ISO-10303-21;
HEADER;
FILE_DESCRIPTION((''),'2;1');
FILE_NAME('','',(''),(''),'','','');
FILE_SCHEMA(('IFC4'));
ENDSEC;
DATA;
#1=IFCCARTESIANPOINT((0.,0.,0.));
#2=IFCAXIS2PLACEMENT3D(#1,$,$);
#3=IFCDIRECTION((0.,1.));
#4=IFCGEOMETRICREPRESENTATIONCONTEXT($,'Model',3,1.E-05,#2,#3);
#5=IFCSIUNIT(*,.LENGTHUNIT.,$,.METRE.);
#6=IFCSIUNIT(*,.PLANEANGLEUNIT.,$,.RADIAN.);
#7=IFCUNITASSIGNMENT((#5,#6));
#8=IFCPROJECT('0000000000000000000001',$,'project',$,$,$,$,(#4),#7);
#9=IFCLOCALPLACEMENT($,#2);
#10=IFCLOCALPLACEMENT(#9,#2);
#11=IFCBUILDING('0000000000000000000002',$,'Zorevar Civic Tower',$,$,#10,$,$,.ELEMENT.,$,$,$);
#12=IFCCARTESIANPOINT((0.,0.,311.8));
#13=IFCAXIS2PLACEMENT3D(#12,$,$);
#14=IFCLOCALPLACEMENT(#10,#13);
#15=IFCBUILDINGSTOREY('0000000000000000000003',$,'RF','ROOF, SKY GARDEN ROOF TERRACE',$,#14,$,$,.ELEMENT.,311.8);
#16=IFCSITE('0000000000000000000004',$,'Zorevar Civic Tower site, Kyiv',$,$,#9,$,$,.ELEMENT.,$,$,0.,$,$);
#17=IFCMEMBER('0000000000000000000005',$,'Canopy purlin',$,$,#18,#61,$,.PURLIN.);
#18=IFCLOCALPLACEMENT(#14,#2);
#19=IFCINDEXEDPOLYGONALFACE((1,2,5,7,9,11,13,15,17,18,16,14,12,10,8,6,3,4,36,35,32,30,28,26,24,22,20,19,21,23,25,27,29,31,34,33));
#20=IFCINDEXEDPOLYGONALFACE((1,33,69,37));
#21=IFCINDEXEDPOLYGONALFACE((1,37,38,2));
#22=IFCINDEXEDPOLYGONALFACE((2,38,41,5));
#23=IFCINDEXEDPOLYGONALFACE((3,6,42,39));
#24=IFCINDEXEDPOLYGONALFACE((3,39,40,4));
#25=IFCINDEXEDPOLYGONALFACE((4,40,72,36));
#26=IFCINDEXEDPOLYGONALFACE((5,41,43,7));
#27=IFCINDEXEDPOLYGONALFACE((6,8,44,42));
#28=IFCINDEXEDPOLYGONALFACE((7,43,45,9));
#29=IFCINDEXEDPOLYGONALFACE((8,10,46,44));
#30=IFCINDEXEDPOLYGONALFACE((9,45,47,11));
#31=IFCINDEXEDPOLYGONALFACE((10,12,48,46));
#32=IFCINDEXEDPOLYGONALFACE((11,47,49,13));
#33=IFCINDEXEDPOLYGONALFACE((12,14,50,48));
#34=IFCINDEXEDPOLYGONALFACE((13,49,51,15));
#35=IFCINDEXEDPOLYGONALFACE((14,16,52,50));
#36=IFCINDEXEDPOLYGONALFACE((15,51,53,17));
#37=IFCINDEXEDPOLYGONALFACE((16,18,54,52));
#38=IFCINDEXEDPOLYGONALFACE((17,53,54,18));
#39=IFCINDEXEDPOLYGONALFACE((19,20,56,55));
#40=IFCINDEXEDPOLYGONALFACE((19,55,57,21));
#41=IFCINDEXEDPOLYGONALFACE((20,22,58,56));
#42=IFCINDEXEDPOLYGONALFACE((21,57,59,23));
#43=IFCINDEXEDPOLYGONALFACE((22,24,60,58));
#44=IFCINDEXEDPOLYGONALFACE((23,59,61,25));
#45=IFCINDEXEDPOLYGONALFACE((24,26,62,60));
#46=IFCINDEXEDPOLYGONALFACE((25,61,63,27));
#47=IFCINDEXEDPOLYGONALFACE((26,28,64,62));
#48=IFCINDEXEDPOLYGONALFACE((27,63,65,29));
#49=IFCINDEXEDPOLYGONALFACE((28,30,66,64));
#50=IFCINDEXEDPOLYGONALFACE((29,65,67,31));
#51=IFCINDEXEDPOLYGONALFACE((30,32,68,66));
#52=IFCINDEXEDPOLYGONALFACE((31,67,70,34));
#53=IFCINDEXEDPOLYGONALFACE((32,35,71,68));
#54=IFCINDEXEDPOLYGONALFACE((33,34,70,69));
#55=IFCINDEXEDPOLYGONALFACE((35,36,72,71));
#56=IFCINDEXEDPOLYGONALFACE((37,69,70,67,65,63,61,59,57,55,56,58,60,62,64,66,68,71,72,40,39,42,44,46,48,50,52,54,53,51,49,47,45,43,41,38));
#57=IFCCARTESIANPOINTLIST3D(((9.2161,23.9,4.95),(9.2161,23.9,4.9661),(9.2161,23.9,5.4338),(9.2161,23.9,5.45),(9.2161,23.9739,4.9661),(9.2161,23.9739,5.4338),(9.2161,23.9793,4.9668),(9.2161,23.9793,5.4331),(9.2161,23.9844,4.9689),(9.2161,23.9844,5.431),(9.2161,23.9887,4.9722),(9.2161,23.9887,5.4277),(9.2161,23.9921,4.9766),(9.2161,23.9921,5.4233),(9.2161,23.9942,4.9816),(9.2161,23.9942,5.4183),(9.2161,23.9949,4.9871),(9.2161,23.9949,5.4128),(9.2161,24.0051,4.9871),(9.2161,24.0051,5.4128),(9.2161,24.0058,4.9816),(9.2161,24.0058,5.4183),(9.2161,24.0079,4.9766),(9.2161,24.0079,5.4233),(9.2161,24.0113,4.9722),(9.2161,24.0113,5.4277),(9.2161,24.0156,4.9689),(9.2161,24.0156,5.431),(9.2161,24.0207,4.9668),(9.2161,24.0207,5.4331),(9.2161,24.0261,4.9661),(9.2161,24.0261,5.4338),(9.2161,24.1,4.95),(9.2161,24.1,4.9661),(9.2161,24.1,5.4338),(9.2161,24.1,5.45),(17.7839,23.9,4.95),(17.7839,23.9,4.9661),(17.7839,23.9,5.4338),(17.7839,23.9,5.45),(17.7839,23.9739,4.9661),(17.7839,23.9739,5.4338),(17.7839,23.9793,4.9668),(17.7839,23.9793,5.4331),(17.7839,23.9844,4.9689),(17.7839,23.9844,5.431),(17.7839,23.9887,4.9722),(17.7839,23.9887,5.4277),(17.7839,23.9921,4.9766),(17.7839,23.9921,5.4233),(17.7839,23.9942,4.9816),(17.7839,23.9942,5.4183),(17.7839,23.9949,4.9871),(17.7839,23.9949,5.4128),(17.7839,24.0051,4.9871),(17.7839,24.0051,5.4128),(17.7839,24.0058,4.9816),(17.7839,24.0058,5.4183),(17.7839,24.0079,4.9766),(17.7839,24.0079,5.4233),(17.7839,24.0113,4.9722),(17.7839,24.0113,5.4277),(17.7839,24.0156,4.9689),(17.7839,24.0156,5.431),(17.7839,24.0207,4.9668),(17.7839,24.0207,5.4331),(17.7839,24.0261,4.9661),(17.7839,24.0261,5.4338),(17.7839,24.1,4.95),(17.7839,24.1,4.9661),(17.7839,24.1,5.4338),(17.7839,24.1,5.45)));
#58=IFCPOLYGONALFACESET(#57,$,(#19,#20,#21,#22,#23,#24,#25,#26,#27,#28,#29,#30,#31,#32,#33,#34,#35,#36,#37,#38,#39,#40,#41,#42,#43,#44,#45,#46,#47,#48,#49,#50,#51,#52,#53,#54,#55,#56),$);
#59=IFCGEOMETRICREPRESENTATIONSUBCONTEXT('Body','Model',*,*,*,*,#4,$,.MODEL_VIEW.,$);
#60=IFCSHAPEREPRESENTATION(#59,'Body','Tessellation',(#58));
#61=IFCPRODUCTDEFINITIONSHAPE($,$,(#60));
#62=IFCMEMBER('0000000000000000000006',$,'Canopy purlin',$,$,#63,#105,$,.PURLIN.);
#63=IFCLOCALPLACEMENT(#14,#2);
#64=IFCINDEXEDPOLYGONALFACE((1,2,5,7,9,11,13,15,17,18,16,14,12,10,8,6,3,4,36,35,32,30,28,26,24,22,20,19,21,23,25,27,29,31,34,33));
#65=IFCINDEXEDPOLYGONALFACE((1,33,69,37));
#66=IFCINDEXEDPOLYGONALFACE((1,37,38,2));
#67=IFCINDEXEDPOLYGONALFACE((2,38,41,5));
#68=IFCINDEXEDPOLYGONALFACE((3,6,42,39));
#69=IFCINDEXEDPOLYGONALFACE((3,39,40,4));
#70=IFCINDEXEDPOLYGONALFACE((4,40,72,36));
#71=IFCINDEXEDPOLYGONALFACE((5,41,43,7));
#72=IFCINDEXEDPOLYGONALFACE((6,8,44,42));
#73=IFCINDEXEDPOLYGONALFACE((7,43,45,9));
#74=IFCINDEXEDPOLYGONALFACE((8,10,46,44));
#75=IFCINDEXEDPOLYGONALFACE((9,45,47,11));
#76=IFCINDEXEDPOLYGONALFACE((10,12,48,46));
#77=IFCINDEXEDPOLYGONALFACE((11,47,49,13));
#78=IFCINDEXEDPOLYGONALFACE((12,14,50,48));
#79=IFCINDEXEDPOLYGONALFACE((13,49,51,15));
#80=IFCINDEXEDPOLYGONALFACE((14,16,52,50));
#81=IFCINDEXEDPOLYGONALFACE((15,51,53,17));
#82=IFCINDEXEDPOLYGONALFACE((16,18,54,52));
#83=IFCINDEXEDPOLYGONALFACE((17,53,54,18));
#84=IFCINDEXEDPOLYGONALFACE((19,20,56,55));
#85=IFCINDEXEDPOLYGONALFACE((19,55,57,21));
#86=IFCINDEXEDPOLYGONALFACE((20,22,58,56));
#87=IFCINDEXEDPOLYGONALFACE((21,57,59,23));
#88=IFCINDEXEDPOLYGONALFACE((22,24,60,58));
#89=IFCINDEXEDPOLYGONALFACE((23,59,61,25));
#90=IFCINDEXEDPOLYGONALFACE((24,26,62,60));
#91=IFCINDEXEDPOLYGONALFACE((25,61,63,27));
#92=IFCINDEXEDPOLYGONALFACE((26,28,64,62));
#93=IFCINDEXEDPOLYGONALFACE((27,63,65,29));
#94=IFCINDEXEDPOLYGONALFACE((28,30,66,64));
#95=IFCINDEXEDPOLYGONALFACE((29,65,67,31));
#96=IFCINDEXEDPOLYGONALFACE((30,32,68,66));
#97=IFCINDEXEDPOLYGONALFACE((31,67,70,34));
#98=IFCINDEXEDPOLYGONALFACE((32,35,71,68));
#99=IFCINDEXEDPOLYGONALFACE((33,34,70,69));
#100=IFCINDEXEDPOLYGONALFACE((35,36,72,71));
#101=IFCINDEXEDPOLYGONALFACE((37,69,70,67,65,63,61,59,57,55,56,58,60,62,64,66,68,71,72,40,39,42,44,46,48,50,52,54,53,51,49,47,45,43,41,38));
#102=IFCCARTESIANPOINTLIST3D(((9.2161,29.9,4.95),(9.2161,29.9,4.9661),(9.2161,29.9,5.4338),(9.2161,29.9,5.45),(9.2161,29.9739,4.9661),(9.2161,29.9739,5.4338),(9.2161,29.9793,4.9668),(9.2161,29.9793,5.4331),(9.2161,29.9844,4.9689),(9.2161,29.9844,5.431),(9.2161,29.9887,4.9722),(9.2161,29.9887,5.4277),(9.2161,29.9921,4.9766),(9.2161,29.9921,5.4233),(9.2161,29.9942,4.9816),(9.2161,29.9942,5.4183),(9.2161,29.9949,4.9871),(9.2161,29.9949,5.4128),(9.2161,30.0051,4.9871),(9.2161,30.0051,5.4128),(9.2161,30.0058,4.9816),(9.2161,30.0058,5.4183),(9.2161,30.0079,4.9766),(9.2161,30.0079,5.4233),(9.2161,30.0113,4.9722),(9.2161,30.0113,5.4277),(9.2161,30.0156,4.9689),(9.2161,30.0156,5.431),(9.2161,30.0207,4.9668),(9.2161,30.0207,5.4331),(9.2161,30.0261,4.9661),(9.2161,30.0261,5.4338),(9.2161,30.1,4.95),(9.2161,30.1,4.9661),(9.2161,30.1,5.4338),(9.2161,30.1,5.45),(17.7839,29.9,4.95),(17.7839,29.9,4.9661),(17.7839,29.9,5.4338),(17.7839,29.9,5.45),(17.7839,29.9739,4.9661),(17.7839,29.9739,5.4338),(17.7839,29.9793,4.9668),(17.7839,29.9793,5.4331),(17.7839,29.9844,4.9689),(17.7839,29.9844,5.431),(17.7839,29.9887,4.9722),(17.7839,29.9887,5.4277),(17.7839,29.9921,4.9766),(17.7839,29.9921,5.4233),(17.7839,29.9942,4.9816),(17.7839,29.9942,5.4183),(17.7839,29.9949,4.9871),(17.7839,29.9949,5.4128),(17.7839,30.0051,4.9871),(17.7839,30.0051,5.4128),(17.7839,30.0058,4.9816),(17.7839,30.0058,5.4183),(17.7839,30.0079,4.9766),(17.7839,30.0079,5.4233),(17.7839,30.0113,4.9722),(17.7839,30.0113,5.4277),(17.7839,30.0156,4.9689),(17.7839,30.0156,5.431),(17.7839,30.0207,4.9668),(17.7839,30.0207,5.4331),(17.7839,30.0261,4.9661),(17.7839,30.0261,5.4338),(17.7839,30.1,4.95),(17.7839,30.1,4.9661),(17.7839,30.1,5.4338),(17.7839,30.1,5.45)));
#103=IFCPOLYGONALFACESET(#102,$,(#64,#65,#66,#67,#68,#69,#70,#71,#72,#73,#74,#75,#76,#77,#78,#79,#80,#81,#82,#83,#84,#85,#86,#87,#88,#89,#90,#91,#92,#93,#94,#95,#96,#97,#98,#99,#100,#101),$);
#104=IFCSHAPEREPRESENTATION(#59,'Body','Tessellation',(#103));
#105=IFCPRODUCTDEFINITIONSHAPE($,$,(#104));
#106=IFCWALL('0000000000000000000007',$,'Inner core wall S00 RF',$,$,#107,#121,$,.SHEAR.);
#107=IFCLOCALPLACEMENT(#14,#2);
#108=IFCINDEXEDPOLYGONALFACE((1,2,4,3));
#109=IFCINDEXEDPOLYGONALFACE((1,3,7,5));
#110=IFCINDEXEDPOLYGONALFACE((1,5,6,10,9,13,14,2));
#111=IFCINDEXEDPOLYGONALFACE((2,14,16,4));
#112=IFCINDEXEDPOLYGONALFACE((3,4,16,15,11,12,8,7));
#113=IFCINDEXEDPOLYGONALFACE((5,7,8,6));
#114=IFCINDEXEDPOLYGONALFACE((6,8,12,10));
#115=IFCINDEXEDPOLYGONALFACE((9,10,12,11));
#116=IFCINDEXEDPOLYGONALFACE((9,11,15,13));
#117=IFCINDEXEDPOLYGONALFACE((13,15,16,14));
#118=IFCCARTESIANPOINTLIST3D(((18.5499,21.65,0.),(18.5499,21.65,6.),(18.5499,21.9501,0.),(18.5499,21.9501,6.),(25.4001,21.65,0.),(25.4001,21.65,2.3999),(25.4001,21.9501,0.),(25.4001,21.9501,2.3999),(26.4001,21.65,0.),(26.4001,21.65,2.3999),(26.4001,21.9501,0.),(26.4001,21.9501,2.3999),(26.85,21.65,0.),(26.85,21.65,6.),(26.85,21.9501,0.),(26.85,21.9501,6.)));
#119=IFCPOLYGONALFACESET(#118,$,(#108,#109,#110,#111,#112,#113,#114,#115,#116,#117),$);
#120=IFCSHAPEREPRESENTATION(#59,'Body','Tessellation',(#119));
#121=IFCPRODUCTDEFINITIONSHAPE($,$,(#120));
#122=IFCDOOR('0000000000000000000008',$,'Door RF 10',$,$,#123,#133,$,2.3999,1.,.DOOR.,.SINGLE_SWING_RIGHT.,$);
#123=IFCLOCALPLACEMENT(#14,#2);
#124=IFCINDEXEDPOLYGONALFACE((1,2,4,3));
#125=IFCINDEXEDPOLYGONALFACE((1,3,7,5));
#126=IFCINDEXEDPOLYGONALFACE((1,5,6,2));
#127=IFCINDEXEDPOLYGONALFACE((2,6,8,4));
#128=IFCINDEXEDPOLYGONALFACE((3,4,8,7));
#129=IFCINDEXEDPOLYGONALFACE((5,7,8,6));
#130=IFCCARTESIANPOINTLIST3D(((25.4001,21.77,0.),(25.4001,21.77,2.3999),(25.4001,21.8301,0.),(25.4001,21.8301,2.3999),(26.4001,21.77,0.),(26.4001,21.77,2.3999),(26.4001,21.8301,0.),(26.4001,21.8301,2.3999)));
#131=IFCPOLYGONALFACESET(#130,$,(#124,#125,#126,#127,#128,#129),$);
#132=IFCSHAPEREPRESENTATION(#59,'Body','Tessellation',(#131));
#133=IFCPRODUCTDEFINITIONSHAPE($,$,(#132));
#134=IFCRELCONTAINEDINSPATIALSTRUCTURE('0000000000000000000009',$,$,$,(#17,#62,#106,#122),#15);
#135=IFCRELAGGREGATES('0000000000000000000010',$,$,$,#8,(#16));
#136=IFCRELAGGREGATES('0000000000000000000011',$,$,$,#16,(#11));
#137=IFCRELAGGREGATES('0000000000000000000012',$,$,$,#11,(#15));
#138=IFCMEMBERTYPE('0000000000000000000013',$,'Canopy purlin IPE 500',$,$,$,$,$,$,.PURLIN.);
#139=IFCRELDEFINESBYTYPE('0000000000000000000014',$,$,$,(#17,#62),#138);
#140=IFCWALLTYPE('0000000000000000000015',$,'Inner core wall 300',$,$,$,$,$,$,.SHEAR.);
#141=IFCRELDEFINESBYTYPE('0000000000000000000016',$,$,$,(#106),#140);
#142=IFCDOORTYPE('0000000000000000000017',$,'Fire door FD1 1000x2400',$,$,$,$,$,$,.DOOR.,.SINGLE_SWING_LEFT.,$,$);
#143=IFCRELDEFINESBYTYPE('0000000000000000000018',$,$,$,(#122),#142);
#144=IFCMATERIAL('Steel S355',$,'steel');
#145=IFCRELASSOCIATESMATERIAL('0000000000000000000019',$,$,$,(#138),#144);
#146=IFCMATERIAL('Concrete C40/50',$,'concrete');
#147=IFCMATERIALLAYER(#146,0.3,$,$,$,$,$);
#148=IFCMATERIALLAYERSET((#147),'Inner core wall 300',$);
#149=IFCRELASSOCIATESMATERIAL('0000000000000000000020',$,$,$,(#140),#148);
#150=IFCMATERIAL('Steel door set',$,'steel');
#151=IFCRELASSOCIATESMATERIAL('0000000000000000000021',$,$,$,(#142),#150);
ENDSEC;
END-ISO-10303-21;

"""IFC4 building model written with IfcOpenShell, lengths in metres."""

from ifc_helpers import new_model, si_unit, direction, frame, frame_2d, origin, origin_2d, place, context, subcontext, project, spatial, rectangle, i_section, extrude, material, layer, layer_set, material_profile, profile_set, type_object, element, fill, save


model = new_model("IFC4")

# Units and contexts
model_context = context("Model", 3, precision=1e-05, world=origin(), true_north=direction((0.0, 1.0)))
body_context = subcontext(model_context, "Body", "Model", "MODEL_VIEW")
ifc_project = project(units=[si_unit("LENGTHUNIT", "METRE"), si_unit("PLANEANGLEUNIT", "RADIAN")], contexts=[model_context])

# Site, building, storey
site_placement = place(None, origin())
site = spatial("IfcSite", under=ifc_project, at=site_placement, Name="Zorevar Civic Tower site, Kyiv", CompositionType="ELEMENT", RefElevation=0.0)
building_placement = place(site_placement, origin())
building = spatial("IfcBuilding", under=site, at=building_placement, Name="Zorevar Civic Tower", CompositionType="ELEMENT")
storey_placement = place(building_placement, frame((0.0, 0.0, 311.8)))
storey = spatial("IfcBuildingStorey", under=building, at=storey_placement, Name="RF", Description="ROOF, SKY GARDEN ROOF TERRACE", CompositionType="ELEMENT", Elevation=311.8)

# Members
ifc_material_1 = material(Name="Steel S355", Category="steel")
ifc_material_profile_1 = material_profile(ifc_material_1, i_section(OverallWidth=0.2, OverallDepth=0.5, WebThickness=0.0103, FlangeThickness=0.0161, FilletRadius=0.021, at=origin_2d()), Name="IPE 500")
ifc_profile_set_1 = profile_set([ifc_material_profile_1], Name="Steel S355")
member_type_1 = type_object("IfcMemberType", Name="Canopy purlin IPE 500", PredefinedType="PURLIN", material=ifc_profile_set_1)
for number, where, z_axis, x_axis, name in (
    (1, (9.2161, 24.0, 5.2), (1.0, 0.0, 0.0), (0.0, 1.0, 0.0), "Canopy purlin"),
    (2, (9.2161, 30.0, 5.2), (1.0, 0.0, 0.0), (0.0, 1.0, 0.0), "Canopy purlin"),
):
    element("IfcMember", number, at=place(storey_placement, frame(where, z_axis=z_axis, x_axis=x_axis)), inside=storey, type_object=member_type_1, Name=name, PredefinedType="PURLIN", context=body_context, shape_type="SweptSolid", body=[
        extrude(i_section(OverallWidth=0.2, OverallDepth=0.5, WebThickness=0.0103, FlangeThickness=0.0161, FilletRadius=0.021, at=origin_2d()), origin(), (0.0, 0.0, 1.0), 8.5679),
    ])

# Wall, opening, door
ifc_material_2 = material(Name="Concrete C40/50", Category="concrete")
ifc_layer = layer(ifc_material_2, 0.3)
ifc_layer_set = layer_set([ifc_layer], Name="Inner core wall 300")
wall_type = type_object("IfcWallType", Name="Inner core wall 300", PredefinedType="SHEAR", material=ifc_layer_set)
wall_placement = place(storey_placement, frame((18.55, 21.8, 0.0), z_axis=(0.0, 0.0, 1.0), x_axis=(1.0, 0.0, 0.0)))
wall = element("IfcWall", 3, at=wall_placement, inside=storey, type_object=wall_type, Name="Inner core wall S00 RF", PredefinedType="SHEAR", context=body_context, shape_type="SweptSolid", body=[
    extrude(rectangle(XDim=8.3, YDim=0.3, at=frame_2d((4.1499, 0.0))), origin(), (0.0, 0.0, 1.0), 6.0),
])
opening_placement = place(wall_placement, frame((6.8501, 0.0, 0.0)))
opening = element("IfcOpeningElement", 4, at=opening_placement, cuts=wall, PredefinedType="OPENING", context=body_context, shape_type="SweptSolid", body=[
    extrude(rectangle(XDim=1.0, YDim=2.3999, at=frame_2d((0.5, 1.2))), frame((0.0, 0.1599, 0.0), z_axis=(0.0, -1.0, 0.0), x_axis=(1.0, 0.0, 0.0)), (0.0, 0.0, 1.0), 0.3201),
])
ifc_material_3 = material(Name="Steel door set", Category="steel")
door_type = type_object("IfcDoorType", Name="Fire door FD1 1000x2400", OperationType="SINGLE_SWING_LEFT", PredefinedType="DOOR", material=ifc_material_3)
door_placement = place(opening_placement, origin())
door = element("IfcDoor", 5, at=door_placement, inside=storey, type_object=door_type, Name="Door RF 10", OperationType="SINGLE_SWING_RIGHT", OverallHeight=2.3999, OverallWidth=1.0, PredefinedType="DOOR", context=body_context, shape_type="SweptSolid", body=[
    extrude(rectangle(XDim=1.0, YDim=2.3999, at=frame_2d((0.5, 1.2))), frame((0.0, 0.03, 0.0), z_axis=(0.0, -1.0, 0.0), x_axis=(1.0, 0.0, 0.0)), (0.0, 0.0, 1.0), 0.0601),
])
fill(opening, door)

save(model, "model.ifc")
